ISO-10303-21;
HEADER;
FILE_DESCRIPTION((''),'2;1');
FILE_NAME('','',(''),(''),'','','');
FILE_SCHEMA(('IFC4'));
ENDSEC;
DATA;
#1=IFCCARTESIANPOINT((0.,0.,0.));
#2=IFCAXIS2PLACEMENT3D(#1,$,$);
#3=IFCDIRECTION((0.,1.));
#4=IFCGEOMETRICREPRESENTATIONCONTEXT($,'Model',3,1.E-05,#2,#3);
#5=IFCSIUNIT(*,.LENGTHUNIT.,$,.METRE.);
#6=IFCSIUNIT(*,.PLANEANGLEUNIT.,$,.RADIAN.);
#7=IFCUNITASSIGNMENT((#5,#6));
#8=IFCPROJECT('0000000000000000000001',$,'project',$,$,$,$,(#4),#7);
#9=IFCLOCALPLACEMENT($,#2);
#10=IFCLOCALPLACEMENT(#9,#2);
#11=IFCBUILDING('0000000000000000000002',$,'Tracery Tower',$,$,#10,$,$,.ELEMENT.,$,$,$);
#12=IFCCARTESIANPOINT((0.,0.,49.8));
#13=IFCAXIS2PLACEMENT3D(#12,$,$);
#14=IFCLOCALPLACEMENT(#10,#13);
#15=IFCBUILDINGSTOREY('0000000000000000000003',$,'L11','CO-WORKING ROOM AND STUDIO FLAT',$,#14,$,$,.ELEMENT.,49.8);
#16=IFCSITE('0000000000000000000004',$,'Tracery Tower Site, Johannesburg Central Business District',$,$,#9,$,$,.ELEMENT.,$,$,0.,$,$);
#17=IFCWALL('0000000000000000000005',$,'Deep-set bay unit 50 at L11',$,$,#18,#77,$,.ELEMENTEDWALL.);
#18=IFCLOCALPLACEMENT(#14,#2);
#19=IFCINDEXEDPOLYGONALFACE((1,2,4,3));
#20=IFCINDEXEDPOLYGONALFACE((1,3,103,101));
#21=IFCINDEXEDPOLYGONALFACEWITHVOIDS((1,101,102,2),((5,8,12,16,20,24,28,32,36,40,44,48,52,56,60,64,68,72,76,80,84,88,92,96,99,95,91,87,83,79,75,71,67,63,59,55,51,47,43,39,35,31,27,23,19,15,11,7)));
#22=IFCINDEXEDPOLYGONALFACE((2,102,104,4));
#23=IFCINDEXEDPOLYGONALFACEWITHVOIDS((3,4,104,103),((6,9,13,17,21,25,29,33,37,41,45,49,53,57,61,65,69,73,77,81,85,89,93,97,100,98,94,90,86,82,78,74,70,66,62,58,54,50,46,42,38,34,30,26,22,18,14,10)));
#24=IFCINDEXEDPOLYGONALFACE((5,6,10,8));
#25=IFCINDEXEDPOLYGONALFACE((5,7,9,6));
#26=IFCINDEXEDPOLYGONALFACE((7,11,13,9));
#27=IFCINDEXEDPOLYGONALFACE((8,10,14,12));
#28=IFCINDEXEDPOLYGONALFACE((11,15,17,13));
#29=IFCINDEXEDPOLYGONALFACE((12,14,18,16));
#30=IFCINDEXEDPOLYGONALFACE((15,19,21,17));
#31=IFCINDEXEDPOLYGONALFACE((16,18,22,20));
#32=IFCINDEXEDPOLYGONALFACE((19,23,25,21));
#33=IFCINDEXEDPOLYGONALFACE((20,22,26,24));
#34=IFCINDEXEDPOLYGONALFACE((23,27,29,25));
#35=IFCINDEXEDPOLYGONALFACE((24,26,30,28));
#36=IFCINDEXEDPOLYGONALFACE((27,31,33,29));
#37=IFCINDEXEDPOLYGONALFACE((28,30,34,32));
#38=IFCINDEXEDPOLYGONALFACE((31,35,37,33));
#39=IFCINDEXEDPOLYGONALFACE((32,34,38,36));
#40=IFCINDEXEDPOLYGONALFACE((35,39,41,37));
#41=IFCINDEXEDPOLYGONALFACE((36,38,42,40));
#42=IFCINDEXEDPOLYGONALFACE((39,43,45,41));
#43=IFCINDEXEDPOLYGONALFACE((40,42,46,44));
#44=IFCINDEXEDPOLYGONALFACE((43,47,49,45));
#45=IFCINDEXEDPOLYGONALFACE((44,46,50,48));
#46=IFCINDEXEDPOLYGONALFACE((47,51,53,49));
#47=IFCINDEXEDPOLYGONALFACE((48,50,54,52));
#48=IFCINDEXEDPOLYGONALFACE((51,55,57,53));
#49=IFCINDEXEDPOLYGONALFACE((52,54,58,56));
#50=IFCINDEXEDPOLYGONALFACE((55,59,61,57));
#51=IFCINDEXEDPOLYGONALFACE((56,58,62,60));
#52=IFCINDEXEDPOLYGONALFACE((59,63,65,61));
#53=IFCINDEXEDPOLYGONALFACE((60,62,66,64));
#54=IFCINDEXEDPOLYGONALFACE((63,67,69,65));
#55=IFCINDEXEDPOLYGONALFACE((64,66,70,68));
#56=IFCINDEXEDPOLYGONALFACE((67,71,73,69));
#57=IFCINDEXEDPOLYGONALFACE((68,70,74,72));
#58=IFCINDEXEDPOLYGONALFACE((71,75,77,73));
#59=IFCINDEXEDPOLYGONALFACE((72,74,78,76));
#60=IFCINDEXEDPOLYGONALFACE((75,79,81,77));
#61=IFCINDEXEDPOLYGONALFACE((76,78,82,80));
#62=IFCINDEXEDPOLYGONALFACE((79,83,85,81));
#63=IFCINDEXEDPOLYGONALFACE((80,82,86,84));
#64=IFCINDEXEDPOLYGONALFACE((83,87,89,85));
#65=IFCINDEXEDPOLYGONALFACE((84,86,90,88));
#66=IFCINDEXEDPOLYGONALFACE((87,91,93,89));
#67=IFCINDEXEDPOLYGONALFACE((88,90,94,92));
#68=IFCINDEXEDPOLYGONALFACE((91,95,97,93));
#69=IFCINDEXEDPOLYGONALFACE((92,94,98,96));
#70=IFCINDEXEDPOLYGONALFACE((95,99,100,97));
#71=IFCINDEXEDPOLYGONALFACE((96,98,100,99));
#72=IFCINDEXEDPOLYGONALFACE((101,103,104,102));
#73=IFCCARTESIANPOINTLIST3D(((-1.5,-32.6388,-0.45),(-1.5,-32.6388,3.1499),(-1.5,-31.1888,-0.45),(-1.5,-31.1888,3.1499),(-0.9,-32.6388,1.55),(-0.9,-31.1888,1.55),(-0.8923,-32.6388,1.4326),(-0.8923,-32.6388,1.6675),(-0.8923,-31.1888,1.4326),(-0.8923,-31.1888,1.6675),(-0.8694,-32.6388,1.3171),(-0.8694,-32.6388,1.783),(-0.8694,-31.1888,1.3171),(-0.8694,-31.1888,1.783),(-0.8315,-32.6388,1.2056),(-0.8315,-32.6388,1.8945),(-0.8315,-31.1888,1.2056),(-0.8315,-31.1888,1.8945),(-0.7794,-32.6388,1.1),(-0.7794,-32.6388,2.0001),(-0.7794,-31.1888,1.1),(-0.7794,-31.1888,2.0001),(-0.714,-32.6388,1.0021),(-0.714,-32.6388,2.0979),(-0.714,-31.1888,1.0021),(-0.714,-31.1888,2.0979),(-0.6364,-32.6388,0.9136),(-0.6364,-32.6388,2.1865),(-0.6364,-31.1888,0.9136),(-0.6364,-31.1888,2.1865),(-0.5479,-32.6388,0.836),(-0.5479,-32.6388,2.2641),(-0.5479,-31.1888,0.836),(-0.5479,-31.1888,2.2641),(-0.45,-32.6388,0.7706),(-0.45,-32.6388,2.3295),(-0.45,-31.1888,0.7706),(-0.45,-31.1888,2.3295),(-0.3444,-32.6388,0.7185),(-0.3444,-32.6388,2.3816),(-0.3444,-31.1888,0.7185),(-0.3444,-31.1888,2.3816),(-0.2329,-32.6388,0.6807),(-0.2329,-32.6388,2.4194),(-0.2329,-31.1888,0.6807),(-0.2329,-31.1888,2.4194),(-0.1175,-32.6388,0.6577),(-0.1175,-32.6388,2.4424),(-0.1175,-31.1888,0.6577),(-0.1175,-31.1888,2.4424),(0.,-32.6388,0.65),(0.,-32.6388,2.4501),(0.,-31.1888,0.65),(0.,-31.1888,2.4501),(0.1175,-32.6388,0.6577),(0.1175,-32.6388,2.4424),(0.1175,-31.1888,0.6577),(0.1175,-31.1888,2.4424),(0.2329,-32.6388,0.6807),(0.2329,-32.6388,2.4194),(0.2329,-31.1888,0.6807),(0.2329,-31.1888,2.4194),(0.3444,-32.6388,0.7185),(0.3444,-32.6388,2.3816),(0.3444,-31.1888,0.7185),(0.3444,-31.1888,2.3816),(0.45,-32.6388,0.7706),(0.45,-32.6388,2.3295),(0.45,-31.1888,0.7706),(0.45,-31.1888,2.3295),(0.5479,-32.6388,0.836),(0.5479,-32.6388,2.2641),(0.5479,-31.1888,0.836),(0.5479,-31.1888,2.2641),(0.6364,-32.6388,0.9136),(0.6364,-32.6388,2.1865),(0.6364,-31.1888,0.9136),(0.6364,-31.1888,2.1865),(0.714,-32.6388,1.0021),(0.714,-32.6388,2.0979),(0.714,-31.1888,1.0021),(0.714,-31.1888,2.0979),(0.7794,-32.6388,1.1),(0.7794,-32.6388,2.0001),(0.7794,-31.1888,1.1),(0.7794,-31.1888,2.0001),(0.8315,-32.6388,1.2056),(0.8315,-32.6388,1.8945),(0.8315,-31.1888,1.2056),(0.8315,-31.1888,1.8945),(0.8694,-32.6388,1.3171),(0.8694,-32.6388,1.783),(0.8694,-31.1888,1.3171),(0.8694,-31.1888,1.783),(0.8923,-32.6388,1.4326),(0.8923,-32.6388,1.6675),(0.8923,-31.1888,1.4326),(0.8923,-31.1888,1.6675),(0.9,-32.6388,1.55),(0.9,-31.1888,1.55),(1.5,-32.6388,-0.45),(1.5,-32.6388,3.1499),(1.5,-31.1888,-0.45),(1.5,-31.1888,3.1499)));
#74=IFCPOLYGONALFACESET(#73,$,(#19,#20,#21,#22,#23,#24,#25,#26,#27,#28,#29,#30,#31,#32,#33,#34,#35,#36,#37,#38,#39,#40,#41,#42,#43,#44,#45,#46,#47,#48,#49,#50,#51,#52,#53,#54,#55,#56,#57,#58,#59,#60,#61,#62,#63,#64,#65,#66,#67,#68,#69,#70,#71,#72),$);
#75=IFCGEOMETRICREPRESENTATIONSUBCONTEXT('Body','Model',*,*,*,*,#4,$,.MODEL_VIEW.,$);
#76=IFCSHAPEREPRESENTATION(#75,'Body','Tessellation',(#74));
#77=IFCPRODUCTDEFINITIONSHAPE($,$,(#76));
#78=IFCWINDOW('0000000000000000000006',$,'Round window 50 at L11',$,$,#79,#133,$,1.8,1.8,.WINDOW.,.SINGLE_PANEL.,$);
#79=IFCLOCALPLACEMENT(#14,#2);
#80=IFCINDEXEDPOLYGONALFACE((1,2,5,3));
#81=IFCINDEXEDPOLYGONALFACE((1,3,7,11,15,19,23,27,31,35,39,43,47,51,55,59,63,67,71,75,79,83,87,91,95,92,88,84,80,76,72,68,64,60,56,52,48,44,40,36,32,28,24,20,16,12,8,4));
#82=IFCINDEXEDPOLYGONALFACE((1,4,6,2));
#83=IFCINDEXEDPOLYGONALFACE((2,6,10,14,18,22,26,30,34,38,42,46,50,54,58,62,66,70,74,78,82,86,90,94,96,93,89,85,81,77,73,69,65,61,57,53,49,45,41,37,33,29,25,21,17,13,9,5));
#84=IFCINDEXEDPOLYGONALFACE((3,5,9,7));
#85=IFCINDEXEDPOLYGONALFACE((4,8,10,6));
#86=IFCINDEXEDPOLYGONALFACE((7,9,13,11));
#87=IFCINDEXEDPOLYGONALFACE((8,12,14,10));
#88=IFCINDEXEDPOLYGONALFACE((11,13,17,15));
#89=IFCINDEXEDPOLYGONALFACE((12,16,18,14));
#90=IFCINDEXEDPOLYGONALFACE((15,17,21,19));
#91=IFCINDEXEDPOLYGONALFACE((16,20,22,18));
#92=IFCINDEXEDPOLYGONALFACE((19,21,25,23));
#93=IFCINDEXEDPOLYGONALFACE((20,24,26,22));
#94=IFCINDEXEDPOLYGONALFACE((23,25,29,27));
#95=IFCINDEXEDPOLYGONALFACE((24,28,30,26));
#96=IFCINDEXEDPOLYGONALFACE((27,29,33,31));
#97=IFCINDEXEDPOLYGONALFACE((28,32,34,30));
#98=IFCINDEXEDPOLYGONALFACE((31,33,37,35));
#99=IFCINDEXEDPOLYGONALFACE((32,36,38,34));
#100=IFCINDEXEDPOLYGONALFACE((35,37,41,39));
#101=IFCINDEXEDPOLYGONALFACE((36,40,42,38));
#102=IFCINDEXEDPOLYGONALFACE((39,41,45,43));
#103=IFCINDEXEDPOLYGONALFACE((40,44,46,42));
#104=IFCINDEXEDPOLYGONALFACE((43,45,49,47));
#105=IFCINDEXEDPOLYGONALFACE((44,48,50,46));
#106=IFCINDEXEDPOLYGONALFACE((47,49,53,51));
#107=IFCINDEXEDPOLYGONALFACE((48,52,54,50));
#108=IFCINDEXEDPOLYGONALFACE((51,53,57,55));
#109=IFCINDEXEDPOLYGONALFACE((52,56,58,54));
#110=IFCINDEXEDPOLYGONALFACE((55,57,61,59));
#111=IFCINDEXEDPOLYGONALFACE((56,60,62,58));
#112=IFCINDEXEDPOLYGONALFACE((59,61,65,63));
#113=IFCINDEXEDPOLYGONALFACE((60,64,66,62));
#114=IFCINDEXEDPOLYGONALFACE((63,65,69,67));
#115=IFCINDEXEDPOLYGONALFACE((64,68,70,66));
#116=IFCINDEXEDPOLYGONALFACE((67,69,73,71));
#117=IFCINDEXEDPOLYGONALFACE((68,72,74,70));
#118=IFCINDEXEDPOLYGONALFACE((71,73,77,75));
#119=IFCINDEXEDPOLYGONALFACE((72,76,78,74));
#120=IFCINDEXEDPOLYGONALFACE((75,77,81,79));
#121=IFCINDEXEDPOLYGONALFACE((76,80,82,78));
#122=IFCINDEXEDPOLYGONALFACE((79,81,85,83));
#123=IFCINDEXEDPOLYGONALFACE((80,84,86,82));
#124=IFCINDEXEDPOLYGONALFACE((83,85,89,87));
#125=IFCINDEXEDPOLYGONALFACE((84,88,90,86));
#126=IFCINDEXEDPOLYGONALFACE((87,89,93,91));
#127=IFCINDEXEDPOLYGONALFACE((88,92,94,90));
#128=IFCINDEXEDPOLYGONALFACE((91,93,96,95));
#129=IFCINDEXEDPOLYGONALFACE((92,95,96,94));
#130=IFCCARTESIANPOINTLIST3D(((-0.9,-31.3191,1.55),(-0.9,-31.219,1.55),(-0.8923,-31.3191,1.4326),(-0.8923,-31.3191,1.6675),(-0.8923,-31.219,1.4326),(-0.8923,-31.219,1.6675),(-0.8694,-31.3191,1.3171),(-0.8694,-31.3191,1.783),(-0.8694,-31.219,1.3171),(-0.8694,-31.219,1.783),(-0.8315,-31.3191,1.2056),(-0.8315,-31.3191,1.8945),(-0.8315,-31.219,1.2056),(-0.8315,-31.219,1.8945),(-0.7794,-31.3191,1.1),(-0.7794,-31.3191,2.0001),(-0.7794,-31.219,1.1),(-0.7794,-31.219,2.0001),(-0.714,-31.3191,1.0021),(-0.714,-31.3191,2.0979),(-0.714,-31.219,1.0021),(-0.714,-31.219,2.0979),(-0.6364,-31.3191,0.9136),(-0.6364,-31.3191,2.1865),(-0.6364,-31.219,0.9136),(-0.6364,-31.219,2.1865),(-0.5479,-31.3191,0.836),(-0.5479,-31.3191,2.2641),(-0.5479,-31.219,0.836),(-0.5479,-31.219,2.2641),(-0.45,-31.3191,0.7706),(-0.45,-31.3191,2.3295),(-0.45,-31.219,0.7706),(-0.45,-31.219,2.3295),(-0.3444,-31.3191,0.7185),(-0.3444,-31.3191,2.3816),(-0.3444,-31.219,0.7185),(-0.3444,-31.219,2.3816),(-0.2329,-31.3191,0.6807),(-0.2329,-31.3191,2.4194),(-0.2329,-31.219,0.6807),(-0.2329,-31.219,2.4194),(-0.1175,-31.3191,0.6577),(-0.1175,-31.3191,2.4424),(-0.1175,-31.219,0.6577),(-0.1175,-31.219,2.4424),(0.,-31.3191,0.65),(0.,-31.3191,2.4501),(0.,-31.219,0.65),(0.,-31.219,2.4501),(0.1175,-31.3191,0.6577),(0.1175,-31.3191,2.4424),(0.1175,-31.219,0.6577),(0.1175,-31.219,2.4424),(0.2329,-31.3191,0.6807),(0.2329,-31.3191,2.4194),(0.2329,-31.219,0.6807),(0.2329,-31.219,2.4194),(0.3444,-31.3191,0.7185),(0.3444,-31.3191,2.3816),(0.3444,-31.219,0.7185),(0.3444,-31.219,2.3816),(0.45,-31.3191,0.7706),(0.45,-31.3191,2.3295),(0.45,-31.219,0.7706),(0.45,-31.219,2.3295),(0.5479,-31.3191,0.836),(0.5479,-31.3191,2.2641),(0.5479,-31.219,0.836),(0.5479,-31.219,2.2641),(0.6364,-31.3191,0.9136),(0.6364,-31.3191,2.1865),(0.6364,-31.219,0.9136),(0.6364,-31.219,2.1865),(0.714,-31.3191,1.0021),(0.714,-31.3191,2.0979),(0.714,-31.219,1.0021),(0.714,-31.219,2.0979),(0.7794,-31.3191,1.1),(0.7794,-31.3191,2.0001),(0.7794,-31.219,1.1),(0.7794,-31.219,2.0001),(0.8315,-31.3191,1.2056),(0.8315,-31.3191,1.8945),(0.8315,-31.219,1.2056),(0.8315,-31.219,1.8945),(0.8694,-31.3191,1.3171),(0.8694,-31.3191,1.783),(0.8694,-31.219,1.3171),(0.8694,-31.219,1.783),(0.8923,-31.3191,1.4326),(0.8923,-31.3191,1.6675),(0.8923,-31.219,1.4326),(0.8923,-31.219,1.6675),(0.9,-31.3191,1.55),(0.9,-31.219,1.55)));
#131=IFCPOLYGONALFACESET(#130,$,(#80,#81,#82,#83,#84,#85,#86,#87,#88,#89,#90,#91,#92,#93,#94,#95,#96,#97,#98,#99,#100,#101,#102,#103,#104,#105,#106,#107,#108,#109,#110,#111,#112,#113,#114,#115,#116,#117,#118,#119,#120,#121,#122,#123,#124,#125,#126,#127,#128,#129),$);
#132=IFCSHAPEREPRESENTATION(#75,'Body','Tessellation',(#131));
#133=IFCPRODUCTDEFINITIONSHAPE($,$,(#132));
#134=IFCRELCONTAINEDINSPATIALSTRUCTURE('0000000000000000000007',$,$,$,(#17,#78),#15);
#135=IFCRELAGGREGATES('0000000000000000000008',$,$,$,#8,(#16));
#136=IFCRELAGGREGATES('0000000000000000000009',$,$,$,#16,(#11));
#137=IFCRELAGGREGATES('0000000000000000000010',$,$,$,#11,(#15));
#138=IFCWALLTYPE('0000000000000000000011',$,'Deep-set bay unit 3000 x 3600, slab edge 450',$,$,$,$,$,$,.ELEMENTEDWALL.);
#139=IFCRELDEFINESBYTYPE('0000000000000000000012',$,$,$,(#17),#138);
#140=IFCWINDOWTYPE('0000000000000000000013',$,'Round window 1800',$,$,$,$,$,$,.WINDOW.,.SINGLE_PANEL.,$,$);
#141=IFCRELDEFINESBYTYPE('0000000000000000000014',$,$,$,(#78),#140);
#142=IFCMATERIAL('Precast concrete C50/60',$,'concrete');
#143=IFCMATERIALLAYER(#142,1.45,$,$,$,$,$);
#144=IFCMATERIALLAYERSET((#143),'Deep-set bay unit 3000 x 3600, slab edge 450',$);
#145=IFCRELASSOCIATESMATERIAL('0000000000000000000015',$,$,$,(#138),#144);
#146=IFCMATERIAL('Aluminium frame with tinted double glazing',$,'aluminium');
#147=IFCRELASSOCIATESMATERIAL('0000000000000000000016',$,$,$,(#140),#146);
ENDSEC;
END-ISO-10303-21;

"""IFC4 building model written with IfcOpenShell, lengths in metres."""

from ifc_helpers import new_model, si_unit, direction, frame, frame_2d, origin, origin_2d, place, context, subcontext, project, spatial, rectangle, circle, extrude, material, layer, layer_set, type_object, element, fill, save


model = new_model("IFC4")

# Units and contexts
model_context = context("Model", 3, precision=1e-05, world=origin(), true_north=direction((0.0, 1.0)))
body_context = subcontext(model_context, "Body", "Model", "MODEL_VIEW")
ifc_project = project(units=[si_unit("LENGTHUNIT", "METRE"), si_unit("PLANEANGLEUNIT", "RADIAN")], contexts=[model_context])

# Site, building, storey
site_placement = place(None, origin())
site = spatial("IfcSite", under=ifc_project, at=site_placement, Name="Tracery Tower Site, Johannesburg Central Business District", CompositionType="ELEMENT", RefElevation=0.0)
building_placement = place(site_placement, origin())
building = spatial("IfcBuilding", under=site, at=building_placement, Name="Tracery Tower", CompositionType="ELEMENT")
storey_placement = place(building_placement, frame((0.0, 0.0, 49.8)))
storey = spatial("IfcBuildingStorey", under=building, at=storey_placement, Name="L11", Description="CO-WORKING ROOM AND STUDIO FLAT", CompositionType="ELEMENT", Elevation=49.8)

# Wall, opening, window
ifc_material_1 = material(Name="Precast concrete C50/60", Category="concrete")
ifc_layer_1 = layer(ifc_material_1, 1.45)
ifc_layer_set_1 = layer_set([ifc_layer_1], Name="Deep-set bay unit 3000 x 3600, slab edge 450")
wall_type_1 = type_object("IfcWallType", Name="Deep-set bay unit 3000 x 3600, slab edge 450", PredefinedType="ELEMENTEDWALL", material=ifc_layer_set_1)
ifc_material_2 = material(Name="Aluminium frame with tinted double glazing", Category="aluminium")
window_type = type_object("IfcWindowType", Name="Round window 1800", PartitioningType="SINGLE_PANEL", PredefinedType="WINDOW", material=ifc_material_2)
wall_1_placement = place(storey_placement, frame((-1.5, -31.9138, -0.45), z_axis=(0.0, 0.0, 1.0), x_axis=(1.0, 0.0, 0.0)))
wall_1 = element("IfcWall", 1, at=wall_1_placement, inside=storey, type_object=wall_type_1, Name="Deep-set bay unit 50 at L11", PredefinedType="ELEMENTEDWALL", context=body_context, shape_type="SweptSolid", body=[
    extrude(rectangle(XDim=3.0, YDim=1.45, at=frame_2d((1.5, 0.0))), origin(), (0.0, 0.0, 1.0), 3.5999),
])
opening_1_placement = place(wall_1_placement, frame((1.5, 0.0, 2.0)))
opening_1 = element("IfcOpeningElement", 2, at=opening_1_placement, cuts=wall_1, PredefinedType="OPENING", context=body_context, shape_type="SweptSolid", body=[
    extrude(circle(Radius=0.9, at=origin_2d()), frame((0.0, 0.7349, 0.0), z_axis=(0.0, -1.0, 0.0), x_axis=(1.0, 0.0, 0.0)), (0.0, 0.0, 1.0), 1.47),
])
window_1_placement = place(opening_1_placement, origin())
window_1 = element("IfcWindow", 3, at=window_1_placement, inside=storey, type_object=window_type, Name="Round window 50 at L11", OverallHeight=1.8, OverallWidth=1.8, PartitioningType="SINGLE_PANEL", PredefinedType="WINDOW", context=body_context, shape_type="SweptSolid", body=[
    extrude(circle(Radius=0.9, at=origin_2d()), frame((0.0, 0.6948, 0.0), z_axis=(0.0, -1.0, 0.0), x_axis=(1.0, 0.0, 0.0)), (0.0, 0.0, 1.0), 0.1001),
])
fill(opening_1, window_1)

save(model, "model.ifc")
